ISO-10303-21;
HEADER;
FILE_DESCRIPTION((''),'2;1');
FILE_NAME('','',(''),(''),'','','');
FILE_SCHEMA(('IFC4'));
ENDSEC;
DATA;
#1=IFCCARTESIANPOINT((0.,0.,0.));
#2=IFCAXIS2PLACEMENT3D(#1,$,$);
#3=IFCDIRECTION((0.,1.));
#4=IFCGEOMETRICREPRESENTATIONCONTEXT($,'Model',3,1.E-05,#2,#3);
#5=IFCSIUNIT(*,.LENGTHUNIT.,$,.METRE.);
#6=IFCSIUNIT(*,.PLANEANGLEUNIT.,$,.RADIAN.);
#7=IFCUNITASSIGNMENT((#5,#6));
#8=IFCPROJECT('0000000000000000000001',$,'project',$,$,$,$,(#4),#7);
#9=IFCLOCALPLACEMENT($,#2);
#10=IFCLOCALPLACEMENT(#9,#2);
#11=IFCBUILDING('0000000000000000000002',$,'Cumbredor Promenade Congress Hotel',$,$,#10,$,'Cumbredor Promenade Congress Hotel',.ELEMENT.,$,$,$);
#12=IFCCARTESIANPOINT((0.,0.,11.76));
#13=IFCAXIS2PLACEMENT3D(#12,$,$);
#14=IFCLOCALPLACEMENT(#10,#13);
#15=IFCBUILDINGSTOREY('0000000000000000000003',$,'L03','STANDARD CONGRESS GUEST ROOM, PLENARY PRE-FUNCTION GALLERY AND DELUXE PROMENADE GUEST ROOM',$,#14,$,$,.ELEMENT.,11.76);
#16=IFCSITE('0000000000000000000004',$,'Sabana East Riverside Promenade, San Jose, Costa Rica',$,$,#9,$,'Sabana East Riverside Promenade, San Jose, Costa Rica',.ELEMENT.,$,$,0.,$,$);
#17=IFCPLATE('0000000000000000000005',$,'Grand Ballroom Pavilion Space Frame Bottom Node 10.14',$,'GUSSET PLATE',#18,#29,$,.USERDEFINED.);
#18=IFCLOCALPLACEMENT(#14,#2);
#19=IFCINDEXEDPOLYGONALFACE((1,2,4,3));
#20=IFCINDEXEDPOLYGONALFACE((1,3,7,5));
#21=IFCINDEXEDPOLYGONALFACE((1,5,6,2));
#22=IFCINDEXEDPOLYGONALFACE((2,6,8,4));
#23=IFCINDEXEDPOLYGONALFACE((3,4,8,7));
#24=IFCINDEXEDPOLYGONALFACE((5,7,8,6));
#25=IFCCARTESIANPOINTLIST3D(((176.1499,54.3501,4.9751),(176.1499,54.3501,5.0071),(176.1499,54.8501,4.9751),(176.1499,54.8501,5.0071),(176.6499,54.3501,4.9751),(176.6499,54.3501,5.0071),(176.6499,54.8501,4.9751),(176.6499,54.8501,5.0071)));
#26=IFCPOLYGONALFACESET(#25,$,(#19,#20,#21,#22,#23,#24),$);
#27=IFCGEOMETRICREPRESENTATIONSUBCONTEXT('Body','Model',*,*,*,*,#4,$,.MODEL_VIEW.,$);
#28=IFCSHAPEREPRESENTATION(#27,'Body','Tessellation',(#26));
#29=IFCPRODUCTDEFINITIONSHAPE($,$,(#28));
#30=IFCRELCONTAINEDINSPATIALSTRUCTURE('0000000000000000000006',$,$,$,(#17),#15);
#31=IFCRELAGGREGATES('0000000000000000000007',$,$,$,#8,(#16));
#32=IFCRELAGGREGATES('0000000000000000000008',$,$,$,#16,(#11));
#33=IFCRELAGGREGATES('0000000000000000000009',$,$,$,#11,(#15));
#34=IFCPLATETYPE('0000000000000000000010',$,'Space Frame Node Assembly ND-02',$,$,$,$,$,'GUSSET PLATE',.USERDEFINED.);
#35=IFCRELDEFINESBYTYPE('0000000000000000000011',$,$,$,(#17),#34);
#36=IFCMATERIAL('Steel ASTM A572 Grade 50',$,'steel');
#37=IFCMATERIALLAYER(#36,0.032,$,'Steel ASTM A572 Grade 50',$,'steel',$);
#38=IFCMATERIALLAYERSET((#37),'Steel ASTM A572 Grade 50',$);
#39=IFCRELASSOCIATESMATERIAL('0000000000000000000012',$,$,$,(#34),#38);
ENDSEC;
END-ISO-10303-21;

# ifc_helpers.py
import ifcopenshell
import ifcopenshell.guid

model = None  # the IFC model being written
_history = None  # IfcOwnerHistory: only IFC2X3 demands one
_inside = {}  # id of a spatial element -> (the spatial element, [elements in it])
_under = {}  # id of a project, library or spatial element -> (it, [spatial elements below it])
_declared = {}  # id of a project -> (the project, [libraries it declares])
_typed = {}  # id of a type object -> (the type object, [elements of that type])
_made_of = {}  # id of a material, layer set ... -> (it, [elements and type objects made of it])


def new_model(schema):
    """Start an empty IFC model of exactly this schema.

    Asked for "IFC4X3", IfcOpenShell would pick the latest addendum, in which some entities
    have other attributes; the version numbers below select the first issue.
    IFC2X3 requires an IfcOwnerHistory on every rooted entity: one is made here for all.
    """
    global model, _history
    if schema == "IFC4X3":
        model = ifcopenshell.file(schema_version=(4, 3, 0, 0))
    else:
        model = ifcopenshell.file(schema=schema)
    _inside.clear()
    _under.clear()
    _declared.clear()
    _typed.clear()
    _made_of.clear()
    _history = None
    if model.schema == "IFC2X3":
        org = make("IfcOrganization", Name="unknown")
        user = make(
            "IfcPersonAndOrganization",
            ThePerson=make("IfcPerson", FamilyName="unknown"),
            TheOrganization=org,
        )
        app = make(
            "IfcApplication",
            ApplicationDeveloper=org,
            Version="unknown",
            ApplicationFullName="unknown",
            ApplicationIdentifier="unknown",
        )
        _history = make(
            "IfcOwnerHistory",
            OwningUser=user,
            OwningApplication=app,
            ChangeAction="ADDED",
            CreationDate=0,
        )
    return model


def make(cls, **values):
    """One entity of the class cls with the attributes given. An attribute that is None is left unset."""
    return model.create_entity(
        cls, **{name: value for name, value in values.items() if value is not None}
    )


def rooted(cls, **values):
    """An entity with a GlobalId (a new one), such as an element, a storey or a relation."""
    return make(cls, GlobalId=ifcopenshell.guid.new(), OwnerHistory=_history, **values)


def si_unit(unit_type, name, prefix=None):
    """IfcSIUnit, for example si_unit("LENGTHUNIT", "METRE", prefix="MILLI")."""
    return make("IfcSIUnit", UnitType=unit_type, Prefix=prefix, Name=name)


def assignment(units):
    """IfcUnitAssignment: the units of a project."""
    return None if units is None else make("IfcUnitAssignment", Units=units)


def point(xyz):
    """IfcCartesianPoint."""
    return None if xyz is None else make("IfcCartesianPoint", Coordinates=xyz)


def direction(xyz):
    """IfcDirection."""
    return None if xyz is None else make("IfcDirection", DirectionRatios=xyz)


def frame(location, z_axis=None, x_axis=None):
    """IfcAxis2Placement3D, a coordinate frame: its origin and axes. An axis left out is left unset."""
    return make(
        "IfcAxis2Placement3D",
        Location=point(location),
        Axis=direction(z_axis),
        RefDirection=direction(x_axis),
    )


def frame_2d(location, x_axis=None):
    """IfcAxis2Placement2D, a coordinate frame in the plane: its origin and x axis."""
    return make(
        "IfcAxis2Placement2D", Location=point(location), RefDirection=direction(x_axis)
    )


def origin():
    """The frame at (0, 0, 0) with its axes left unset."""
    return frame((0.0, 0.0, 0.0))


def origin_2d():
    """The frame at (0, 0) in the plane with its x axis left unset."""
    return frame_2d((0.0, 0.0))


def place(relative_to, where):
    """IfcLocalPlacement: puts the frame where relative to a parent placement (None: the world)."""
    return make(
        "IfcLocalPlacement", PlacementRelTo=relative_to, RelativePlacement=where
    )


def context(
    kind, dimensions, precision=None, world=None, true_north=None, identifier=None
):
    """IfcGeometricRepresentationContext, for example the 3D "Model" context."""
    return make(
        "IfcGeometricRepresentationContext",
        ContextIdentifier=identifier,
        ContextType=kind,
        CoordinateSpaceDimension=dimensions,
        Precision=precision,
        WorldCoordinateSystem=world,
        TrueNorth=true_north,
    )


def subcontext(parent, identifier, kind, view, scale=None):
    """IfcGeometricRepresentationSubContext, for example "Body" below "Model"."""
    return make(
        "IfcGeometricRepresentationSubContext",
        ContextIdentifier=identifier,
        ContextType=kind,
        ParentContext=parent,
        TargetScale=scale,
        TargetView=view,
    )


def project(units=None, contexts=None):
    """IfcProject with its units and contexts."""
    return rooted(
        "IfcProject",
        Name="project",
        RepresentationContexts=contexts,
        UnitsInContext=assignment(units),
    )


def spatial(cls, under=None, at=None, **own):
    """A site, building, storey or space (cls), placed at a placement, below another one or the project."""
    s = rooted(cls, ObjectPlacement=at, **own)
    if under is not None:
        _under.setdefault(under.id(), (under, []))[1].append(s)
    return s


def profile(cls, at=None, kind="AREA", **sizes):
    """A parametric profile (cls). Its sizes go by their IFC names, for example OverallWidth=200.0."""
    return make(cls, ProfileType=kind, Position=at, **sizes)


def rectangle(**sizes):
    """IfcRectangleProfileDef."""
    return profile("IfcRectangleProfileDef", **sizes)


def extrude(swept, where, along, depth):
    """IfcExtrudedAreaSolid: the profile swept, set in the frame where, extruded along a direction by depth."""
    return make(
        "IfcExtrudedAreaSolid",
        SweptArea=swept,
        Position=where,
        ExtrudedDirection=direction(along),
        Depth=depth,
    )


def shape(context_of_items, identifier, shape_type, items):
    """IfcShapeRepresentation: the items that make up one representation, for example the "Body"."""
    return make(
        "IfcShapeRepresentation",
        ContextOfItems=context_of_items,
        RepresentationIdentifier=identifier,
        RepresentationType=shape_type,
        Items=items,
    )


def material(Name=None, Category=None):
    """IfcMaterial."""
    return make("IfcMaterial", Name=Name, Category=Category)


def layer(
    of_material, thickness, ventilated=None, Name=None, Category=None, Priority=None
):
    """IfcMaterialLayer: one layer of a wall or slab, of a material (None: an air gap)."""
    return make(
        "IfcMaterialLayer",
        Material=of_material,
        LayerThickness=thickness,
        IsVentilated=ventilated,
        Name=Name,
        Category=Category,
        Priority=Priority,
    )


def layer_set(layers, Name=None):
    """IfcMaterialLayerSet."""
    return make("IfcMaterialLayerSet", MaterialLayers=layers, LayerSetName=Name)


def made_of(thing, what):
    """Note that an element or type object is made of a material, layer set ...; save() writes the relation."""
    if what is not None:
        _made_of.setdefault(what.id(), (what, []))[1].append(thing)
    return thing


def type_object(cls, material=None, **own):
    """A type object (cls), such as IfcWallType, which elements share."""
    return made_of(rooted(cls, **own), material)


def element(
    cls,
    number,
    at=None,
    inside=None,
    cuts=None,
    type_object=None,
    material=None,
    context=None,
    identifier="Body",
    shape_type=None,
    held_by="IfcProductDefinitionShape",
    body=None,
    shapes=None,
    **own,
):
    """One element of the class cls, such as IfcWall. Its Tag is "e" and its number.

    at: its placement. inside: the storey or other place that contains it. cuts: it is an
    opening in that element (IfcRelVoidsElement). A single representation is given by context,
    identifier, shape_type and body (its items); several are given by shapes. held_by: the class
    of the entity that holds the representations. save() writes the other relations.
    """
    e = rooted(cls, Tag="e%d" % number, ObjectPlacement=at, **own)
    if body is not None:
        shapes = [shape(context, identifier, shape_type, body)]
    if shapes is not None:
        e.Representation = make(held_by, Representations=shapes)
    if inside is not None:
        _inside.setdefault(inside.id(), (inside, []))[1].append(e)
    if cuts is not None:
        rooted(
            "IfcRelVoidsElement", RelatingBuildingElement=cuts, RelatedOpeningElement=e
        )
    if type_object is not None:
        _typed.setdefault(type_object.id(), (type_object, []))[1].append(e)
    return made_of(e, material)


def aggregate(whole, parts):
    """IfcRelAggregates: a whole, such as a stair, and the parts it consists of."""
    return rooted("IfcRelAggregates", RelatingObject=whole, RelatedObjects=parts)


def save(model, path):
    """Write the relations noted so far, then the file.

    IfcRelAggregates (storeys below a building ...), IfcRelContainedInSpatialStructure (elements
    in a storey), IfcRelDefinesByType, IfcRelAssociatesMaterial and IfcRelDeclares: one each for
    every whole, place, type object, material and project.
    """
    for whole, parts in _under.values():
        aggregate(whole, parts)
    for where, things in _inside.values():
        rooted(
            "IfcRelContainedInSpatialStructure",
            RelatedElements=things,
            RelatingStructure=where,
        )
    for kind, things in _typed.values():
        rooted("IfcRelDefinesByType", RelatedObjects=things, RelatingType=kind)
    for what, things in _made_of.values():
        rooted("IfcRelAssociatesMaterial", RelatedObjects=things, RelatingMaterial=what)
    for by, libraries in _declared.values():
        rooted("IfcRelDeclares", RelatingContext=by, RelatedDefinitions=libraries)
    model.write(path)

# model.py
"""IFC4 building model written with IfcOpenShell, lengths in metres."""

from ifc_helpers import new_model, si_unit, direction, frame, origin, origin_2d, place, context, subcontext, project, spatial, rectangle, extrude, material, layer, layer_set, type_object, element, save


model = new_model("IFC4")

# Units and contexts
model_context = context("Model", 3, precision=1e-05, world=origin(), true_north=direction((0.0, 1.0)))
body_context = subcontext(model_context, "Body", "Model", "MODEL_VIEW")
ifc_project = project(units=[si_unit("LENGTHUNIT", "METRE"), si_unit("PLANEANGLEUNIT", "RADIAN")], contexts=[model_context])

# Site, building, storey
site_placement = place(None, origin())
site = spatial("IfcSite", under=ifc_project, at=site_placement, Name="Sabana East Riverside Promenade, San Jose, Costa Rica", LongName="Sabana East Riverside Promenade, San Jose, Costa Rica", CompositionType="ELEMENT", RefElevation=0.0)
building_placement = place(site_placement, origin())
building = spatial("IfcBuilding", under=site, at=building_placement, Name="Cumbredor Promenade Congress Hotel", LongName="Cumbredor Promenade Congress Hotel", CompositionType="ELEMENT")
storey_placement = place(building_placement, frame((0.0, 0.0, 11.76)))
storey = spatial("IfcBuildingStorey", under=building, at=storey_placement, Name="L03", Description="STANDARD CONGRESS GUEST ROOM, PLENARY PRE-FUNCTION GALLERY AND DELUXE PROMENADE GUEST ROOM", CompositionType="ELEMENT", Elevation=11.76)

# Plate
ifc_material_1 = material(Name="Steel ASTM A572 Grade 50", Category="steel")
ifc_layer = layer(ifc_material_1, 0.032, Name="Steel ASTM A572 Grade 50", Category="steel")
ifc_layer_set = layer_set([ifc_layer], Name="Steel ASTM A572 Grade 50")
plate_type = type_object("IfcPlateType", Name="Space Frame Node Assembly ND-02", ElementType="GUSSET PLATE", PredefinedType="USERDEFINED", material=ifc_layer_set)
for number, where, z_axis, x_axis, name in (
    (1, (176.3999, 54.6001, 4.9751), (0.0, 0.0, 1.0), (1.0, 0.0, 0.0), "Grand Ballroom Pavilion Space Frame Bottom Node 10.14"),
):
    element("IfcPlate", number, at=place(storey_placement, frame(where, z_axis=z_axis, x_axis=x_axis)), inside=storey, type_object=plate_type, Name=name, ObjectType="GUSSET PLATE", PredefinedType="USERDEFINED", context=body_context, shape_type="SweptSolid", body=[
        extrude(rectangle(XDim=0.5, YDim=0.5, at=origin_2d()), origin(), (0.0, 0.0, 1.0), 0.032),
    ])

save(model, "model.ifc")
